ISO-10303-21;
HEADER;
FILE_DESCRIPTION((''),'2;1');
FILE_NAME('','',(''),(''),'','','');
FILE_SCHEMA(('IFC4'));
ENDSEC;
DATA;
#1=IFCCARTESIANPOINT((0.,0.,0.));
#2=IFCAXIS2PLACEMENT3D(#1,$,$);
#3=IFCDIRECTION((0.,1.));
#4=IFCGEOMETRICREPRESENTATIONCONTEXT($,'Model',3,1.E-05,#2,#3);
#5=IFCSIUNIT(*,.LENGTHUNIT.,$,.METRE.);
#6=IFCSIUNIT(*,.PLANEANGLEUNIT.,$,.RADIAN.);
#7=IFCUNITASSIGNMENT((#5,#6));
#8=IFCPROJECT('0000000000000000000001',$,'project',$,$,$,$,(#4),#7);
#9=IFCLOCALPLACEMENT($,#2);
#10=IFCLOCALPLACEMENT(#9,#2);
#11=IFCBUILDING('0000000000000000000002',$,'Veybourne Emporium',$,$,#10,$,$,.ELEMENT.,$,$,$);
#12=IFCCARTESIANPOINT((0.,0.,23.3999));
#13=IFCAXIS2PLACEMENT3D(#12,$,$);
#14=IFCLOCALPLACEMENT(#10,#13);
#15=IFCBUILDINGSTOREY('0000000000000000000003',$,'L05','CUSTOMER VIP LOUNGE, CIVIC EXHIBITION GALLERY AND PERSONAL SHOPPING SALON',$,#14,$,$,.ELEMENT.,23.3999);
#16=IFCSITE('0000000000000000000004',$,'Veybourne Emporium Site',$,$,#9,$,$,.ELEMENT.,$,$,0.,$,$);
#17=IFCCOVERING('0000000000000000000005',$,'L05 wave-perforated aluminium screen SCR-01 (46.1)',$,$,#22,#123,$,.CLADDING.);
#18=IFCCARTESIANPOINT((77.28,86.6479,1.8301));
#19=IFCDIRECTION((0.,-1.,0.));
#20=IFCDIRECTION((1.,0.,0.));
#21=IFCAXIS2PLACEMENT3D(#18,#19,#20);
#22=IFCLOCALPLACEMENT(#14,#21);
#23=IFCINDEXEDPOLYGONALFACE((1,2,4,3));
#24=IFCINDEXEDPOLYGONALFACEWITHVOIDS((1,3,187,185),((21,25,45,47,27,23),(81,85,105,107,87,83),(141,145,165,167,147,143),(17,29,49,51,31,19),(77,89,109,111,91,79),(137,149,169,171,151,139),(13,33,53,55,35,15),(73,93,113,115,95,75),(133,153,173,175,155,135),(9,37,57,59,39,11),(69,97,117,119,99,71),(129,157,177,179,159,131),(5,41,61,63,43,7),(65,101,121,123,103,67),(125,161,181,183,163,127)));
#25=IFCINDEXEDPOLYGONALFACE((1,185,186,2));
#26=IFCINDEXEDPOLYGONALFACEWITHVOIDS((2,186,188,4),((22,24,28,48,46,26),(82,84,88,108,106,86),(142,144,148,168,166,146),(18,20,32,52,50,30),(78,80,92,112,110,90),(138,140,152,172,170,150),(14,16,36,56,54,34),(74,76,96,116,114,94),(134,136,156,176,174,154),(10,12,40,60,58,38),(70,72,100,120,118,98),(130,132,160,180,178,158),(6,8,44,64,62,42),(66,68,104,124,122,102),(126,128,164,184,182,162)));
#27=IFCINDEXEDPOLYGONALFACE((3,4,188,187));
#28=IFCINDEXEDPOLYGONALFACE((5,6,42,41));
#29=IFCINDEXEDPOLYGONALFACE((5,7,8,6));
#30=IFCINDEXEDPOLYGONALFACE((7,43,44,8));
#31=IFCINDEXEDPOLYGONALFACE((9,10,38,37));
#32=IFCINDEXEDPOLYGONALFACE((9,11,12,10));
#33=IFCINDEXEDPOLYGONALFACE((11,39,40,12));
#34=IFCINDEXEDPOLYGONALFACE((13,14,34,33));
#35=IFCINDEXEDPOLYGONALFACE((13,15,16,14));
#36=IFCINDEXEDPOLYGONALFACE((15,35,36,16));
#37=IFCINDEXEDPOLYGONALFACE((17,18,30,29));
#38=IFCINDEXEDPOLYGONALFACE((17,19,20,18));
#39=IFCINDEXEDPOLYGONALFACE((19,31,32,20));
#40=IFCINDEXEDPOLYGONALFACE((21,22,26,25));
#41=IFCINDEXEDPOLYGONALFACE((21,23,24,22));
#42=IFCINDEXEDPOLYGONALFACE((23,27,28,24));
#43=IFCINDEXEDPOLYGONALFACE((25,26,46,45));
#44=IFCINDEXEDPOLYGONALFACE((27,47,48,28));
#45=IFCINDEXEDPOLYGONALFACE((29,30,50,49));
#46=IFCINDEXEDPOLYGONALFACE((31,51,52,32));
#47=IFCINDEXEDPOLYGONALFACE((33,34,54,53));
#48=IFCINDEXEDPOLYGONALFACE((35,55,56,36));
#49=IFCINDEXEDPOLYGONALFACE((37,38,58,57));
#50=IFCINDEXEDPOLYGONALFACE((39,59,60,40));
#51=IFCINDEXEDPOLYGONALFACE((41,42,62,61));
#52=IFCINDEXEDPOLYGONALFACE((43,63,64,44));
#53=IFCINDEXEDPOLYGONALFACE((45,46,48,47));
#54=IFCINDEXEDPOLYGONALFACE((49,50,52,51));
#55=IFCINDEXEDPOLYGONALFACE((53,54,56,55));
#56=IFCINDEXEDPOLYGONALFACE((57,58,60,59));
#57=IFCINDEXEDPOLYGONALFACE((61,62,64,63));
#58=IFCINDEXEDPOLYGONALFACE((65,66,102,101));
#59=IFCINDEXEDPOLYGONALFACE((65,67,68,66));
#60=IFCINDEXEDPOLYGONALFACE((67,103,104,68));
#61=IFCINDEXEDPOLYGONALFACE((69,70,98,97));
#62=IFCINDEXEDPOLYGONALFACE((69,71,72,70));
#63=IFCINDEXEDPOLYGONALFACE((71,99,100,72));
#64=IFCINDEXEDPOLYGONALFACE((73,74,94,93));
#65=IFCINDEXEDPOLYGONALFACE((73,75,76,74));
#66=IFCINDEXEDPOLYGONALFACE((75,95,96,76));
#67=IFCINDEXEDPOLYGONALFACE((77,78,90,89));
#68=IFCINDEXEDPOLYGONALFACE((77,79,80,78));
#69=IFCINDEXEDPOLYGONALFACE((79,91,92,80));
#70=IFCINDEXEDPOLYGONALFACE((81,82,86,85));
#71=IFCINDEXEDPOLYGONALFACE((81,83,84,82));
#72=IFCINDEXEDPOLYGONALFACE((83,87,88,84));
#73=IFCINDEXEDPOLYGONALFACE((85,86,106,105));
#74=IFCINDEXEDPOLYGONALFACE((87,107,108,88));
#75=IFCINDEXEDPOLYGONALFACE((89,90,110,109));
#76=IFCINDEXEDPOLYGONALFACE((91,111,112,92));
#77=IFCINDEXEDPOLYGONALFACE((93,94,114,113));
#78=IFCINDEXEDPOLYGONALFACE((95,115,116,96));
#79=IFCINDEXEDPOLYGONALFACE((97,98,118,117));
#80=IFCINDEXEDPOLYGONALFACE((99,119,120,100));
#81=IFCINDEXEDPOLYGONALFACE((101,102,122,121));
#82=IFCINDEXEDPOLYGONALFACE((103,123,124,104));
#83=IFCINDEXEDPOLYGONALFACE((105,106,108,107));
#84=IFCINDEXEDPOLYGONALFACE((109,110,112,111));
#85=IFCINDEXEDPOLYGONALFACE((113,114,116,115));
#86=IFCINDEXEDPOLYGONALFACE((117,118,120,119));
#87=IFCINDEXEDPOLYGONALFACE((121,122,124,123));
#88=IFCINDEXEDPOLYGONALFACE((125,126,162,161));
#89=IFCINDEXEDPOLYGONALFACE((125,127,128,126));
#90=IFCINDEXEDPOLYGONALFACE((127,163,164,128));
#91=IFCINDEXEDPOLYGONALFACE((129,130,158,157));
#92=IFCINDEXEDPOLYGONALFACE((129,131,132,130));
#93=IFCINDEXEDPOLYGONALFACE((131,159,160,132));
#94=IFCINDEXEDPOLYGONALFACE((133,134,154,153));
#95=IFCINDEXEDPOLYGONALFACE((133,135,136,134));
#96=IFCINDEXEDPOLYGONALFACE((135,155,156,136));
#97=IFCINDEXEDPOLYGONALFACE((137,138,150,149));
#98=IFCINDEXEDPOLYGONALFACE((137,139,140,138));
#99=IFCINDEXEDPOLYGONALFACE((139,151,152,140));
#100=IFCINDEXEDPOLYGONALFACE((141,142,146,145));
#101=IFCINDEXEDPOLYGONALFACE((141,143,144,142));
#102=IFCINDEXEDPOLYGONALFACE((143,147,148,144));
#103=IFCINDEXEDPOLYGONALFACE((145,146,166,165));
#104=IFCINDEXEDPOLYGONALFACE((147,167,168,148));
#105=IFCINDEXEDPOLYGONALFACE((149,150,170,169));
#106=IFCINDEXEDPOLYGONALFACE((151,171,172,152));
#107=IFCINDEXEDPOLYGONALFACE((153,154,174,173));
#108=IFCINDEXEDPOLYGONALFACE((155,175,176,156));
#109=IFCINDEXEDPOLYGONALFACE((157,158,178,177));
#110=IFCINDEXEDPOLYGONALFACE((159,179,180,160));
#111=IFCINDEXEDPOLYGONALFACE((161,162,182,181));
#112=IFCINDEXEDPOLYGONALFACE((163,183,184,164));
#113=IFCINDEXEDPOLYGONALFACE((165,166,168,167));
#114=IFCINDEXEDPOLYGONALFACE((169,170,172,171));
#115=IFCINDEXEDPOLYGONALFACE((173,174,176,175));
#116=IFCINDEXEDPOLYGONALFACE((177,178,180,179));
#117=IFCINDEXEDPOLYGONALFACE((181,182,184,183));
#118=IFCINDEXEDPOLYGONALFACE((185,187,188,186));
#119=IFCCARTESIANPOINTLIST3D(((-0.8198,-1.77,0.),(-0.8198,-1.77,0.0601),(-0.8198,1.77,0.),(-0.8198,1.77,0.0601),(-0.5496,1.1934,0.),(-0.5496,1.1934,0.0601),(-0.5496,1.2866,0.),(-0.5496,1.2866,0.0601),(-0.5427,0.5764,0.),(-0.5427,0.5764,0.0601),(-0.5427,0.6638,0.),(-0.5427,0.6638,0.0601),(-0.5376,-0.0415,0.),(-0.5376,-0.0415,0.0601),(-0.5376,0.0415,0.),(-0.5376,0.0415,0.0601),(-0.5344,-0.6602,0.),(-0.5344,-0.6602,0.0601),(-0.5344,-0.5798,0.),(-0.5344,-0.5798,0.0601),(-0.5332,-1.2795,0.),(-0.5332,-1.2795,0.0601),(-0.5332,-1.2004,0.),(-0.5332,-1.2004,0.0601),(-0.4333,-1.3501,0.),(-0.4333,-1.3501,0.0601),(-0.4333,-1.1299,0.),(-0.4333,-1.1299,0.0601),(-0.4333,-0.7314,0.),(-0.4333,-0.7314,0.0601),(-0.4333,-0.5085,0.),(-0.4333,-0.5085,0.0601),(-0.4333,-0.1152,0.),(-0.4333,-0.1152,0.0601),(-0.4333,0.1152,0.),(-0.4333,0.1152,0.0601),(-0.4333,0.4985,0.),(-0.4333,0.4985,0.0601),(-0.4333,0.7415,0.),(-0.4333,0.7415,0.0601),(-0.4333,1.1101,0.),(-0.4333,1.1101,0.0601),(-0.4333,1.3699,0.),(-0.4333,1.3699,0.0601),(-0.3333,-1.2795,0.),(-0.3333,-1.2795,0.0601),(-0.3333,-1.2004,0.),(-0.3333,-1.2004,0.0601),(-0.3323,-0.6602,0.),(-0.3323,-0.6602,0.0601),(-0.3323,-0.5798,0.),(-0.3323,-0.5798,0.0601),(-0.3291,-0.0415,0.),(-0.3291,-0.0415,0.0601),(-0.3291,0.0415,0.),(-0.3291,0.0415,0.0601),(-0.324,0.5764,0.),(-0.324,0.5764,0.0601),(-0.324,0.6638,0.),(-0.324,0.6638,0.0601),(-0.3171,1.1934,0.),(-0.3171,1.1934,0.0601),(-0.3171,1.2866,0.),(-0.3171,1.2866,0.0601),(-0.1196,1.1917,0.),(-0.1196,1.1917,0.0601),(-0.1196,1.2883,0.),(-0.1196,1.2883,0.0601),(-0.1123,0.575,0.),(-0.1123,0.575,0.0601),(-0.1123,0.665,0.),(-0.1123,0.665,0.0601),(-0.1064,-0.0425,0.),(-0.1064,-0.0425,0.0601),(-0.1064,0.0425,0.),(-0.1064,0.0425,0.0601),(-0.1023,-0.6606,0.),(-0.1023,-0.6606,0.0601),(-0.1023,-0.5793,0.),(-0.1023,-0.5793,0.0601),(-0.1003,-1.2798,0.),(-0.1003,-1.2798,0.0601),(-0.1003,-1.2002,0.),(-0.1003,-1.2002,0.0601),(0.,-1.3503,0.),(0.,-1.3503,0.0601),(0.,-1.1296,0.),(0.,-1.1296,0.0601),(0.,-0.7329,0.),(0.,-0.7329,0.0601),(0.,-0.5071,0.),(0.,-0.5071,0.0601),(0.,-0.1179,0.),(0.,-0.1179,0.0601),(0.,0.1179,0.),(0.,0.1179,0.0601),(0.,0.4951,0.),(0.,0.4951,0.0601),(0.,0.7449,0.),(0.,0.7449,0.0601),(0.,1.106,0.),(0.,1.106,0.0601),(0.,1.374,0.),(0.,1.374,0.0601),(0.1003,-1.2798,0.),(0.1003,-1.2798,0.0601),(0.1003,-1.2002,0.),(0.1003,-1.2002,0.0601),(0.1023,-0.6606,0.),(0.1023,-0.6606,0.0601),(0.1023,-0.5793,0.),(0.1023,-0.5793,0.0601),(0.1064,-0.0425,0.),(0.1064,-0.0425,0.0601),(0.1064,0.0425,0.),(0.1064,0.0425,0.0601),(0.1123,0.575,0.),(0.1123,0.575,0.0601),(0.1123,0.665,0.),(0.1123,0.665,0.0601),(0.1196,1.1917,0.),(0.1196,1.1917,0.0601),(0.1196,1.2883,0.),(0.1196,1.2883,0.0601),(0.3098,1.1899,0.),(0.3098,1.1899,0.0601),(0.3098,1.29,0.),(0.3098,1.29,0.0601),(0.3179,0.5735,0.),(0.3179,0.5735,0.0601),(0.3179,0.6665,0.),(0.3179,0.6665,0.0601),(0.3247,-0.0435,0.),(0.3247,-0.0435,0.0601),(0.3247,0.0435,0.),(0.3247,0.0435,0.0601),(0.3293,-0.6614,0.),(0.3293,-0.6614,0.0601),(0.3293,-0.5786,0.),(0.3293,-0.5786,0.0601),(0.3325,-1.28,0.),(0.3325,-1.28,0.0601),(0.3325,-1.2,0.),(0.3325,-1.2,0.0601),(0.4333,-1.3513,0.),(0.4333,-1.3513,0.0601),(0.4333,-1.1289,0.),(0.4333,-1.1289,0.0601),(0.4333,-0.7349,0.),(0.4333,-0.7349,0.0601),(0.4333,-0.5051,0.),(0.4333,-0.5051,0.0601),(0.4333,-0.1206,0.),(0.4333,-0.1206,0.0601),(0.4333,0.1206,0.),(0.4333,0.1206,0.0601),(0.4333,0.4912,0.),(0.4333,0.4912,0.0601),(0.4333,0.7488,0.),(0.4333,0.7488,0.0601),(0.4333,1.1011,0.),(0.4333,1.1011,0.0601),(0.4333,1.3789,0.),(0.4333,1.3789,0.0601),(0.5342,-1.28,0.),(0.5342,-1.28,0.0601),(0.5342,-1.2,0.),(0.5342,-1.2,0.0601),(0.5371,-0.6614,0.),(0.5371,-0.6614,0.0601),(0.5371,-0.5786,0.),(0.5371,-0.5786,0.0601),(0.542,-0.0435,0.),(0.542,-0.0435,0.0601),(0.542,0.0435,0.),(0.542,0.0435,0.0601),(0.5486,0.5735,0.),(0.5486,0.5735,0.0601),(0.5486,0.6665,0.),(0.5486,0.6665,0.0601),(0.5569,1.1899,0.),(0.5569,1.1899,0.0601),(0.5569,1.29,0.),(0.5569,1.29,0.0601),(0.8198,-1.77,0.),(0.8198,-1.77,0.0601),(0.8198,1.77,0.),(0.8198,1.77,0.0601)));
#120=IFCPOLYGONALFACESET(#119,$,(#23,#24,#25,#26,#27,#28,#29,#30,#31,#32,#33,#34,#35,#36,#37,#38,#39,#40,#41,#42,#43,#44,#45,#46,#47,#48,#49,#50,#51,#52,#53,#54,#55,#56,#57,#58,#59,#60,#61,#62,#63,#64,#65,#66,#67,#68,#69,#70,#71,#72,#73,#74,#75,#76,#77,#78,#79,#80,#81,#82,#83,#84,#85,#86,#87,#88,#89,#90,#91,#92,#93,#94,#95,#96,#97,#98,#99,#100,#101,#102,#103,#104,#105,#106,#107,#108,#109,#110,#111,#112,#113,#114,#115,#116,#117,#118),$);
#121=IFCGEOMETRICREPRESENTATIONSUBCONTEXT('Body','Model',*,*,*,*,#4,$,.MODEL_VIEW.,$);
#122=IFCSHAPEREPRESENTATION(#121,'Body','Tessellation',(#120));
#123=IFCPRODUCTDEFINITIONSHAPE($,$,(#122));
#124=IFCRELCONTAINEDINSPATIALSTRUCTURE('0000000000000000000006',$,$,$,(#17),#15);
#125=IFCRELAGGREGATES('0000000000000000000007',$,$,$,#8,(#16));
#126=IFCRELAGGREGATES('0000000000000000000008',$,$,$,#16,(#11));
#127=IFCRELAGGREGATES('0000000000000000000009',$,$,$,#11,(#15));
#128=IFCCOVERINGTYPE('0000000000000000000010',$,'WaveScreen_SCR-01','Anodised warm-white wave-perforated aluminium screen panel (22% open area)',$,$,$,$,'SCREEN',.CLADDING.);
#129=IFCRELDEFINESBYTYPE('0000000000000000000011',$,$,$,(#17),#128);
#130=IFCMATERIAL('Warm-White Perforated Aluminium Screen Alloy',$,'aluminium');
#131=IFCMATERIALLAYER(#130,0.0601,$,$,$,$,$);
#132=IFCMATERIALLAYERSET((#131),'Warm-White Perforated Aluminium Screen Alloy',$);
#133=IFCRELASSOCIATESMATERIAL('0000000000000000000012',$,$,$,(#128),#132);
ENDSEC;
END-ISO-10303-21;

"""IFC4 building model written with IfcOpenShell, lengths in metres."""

from ifc_helpers import new_model, si_unit, direction, frame, origin, place, context, subcontext, project, spatial, polyline, outline, extrude, material, layer, layer_set, type_object, element, save


model = new_model("IFC4")

# Units and contexts
model_context = context("Model", 3, precision=1e-05, world=origin(), true_north=direction((0.0, 1.0)))
body_context = subcontext(model_context, "Body", "Model", "MODEL_VIEW")
ifc_project = project(units=[si_unit("LENGTHUNIT", "METRE"), si_unit("PLANEANGLEUNIT", "RADIAN")], contexts=[model_context])

# Site, building, storey
site_placement = place(None, origin())
site = spatial("IfcSite", under=ifc_project, at=site_placement, Name="Veybourne Emporium Site", CompositionType="ELEMENT", RefElevation=0.0)
building_placement = place(site_placement, origin())
building = spatial("IfcBuilding", under=site, at=building_placement, Name="Veybourne Emporium", CompositionType="ELEMENT")
storey_placement = place(building_placement, frame((0.0, 0.0, 23.3999)))
storey = spatial("IfcBuildingStorey", under=building, at=storey_placement, Name="L05", Description="CUSTOMER VIP LOUNGE, CIVIC EXHIBITION GALLERY AND PERSONAL SHOPPING SALON", CompositionType="ELEMENT", Elevation=23.3999)

# Covering
ifc_material_1 = material(Name="Warm-White Perforated Aluminium Screen Alloy", Category="aluminium")
ifc_layer_1 = layer(ifc_material_1, 0.0601)
ifc_layer_set_1 = layer_set([ifc_layer_1], Name="Warm-White Perforated Aluminium Screen Alloy")
covering_type_1 = type_object("IfcCoveringType", Name="WaveScreen_SCR-01", Description="Anodised warm-white wave-perforated aluminium screen panel (22% open area)", ElementType="SCREEN", PredefinedType="CLADDING", material=ifc_layer_set_1)
covering_1_placement = place(storey_placement, frame((77.28, 86.6479, 1.8301), z_axis=(0.0, -1.0, 0.0), x_axis=(1.0, 0.0, 0.0)))
element("IfcCovering", 1, at=covering_1_placement, inside=storey, type_object=covering_type_1, Name="L05 wave-perforated aluminium screen SCR-01 (46.1)", PredefinedType="CLADDING", context=body_context, shape_type="SweptSolid", body=[
    extrude(outline(polyline([(-0.8198, -1.77), (0.8198, -1.77), (0.8198, 1.77), (-0.8198, 1.77), (-0.8198, -1.77)]), holes=[polyline([(-0.4333, -1.1299), (-0.3333, -1.2004), (-0.3333, -1.2795), (-0.4333, -1.3501), (-0.5332, -1.2795), (-0.5332, -1.2004), (-0.4333, -1.1299)]), polyline([(-0.4333, -0.5085), (-0.3323, -0.5798), (-0.3323, -0.6602), (-0.4333, -0.7314), (-0.5344, -0.6602), (-0.5344, -0.5798), (-0.4333, -0.5085)]), polyline([(-0.4333, 0.1152), (-0.3291, 0.0415), (-0.3291, -0.0415), (-0.4333, -0.1152), (-0.5376, -0.0415), (-0.5376, 0.0415), (-0.4333, 0.1152)]), polyline([(-0.4333, 0.7415), (-0.324, 0.6638), (-0.324, 0.5764), (-0.4333, 0.4985), (-0.5427, 0.5764), (-0.5427, 0.6638), (-0.4333, 0.7415)]), polyline([(-0.4333, 1.3699), (-0.3171, 1.2866), (-0.3171, 1.1934), (-0.4333, 1.1101), (-0.5496, 1.1934), (-0.5496, 1.2866), (-0.4333, 1.3699)]), polyline([(0.0, -1.1296), (0.1003, -1.2002), (0.1003, -1.2798), (0.0, -1.3503), (-0.1003, -1.2798), (-0.1003, -1.2002), (0.0, -1.1296)]), polyline([(0.0, -0.5071), (0.1023, -0.5793), (0.1023, -0.6606), (0.0, -0.7329), (-0.1023, -0.6606), (-0.1023, -0.5793), (0.0, -0.5071)]), polyline([(0.0, 0.1179), (0.1064, 0.0425), (0.1064, -0.0425), (0.0, -0.1179), (-0.1064, -0.0425), (-0.1064, 0.0425), (0.0, 0.1179)]), polyline([(0.0, 0.7449), (0.1123, 0.665), (0.1123, 0.575), (0.0, 0.4951), (-0.1123, 0.575), (-0.1123, 0.665), (0.0, 0.7449)]), polyline([(0.0, 1.374), (0.1196, 1.2883), (0.1196, 1.1917), (0.0, 1.106), (-0.1196, 1.1917), (-0.1196, 1.2883), (0.0, 1.374)]), polyline([(0.4333, -1.1289), (0.5342, -1.2), (0.5342, -1.28), (0.4333, -1.3513), (0.3325, -1.28), (0.3325, -1.2), (0.4333, -1.1289)]), polyline([(0.4333, -0.5051), (0.5371, -0.5786), (0.5371, -0.6614), (0.4333, -0.7349), (0.3293, -0.6614), (0.3293, -0.5786), (0.4333, -0.5051)]), polyline([(0.4333, 0.1206), (0.542, 0.0435), (0.542, -0.0435), (0.4333, -0.1206), (0.3247, -0.0435), (0.3247, 0.0435), (0.4333, 0.1206)]), polyline([(0.4333, 0.7488), (0.5486, 0.6665), (0.5486, 0.5735), (0.4333, 0.4912), (0.3179, 0.5735), (0.3179, 0.6665), (0.4333, 0.7488)]), polyline([(0.4333, 1.3789), (0.5569, 1.29), (0.5569, 1.1899), (0.4333, 1.1011), (0.3098, 1.1899), (0.3098, 1.29), (0.4333, 1.3789)])]), origin(), (0.0, 0.0, 1.0), 0.0601),
])

save(model, "model.ifc")
